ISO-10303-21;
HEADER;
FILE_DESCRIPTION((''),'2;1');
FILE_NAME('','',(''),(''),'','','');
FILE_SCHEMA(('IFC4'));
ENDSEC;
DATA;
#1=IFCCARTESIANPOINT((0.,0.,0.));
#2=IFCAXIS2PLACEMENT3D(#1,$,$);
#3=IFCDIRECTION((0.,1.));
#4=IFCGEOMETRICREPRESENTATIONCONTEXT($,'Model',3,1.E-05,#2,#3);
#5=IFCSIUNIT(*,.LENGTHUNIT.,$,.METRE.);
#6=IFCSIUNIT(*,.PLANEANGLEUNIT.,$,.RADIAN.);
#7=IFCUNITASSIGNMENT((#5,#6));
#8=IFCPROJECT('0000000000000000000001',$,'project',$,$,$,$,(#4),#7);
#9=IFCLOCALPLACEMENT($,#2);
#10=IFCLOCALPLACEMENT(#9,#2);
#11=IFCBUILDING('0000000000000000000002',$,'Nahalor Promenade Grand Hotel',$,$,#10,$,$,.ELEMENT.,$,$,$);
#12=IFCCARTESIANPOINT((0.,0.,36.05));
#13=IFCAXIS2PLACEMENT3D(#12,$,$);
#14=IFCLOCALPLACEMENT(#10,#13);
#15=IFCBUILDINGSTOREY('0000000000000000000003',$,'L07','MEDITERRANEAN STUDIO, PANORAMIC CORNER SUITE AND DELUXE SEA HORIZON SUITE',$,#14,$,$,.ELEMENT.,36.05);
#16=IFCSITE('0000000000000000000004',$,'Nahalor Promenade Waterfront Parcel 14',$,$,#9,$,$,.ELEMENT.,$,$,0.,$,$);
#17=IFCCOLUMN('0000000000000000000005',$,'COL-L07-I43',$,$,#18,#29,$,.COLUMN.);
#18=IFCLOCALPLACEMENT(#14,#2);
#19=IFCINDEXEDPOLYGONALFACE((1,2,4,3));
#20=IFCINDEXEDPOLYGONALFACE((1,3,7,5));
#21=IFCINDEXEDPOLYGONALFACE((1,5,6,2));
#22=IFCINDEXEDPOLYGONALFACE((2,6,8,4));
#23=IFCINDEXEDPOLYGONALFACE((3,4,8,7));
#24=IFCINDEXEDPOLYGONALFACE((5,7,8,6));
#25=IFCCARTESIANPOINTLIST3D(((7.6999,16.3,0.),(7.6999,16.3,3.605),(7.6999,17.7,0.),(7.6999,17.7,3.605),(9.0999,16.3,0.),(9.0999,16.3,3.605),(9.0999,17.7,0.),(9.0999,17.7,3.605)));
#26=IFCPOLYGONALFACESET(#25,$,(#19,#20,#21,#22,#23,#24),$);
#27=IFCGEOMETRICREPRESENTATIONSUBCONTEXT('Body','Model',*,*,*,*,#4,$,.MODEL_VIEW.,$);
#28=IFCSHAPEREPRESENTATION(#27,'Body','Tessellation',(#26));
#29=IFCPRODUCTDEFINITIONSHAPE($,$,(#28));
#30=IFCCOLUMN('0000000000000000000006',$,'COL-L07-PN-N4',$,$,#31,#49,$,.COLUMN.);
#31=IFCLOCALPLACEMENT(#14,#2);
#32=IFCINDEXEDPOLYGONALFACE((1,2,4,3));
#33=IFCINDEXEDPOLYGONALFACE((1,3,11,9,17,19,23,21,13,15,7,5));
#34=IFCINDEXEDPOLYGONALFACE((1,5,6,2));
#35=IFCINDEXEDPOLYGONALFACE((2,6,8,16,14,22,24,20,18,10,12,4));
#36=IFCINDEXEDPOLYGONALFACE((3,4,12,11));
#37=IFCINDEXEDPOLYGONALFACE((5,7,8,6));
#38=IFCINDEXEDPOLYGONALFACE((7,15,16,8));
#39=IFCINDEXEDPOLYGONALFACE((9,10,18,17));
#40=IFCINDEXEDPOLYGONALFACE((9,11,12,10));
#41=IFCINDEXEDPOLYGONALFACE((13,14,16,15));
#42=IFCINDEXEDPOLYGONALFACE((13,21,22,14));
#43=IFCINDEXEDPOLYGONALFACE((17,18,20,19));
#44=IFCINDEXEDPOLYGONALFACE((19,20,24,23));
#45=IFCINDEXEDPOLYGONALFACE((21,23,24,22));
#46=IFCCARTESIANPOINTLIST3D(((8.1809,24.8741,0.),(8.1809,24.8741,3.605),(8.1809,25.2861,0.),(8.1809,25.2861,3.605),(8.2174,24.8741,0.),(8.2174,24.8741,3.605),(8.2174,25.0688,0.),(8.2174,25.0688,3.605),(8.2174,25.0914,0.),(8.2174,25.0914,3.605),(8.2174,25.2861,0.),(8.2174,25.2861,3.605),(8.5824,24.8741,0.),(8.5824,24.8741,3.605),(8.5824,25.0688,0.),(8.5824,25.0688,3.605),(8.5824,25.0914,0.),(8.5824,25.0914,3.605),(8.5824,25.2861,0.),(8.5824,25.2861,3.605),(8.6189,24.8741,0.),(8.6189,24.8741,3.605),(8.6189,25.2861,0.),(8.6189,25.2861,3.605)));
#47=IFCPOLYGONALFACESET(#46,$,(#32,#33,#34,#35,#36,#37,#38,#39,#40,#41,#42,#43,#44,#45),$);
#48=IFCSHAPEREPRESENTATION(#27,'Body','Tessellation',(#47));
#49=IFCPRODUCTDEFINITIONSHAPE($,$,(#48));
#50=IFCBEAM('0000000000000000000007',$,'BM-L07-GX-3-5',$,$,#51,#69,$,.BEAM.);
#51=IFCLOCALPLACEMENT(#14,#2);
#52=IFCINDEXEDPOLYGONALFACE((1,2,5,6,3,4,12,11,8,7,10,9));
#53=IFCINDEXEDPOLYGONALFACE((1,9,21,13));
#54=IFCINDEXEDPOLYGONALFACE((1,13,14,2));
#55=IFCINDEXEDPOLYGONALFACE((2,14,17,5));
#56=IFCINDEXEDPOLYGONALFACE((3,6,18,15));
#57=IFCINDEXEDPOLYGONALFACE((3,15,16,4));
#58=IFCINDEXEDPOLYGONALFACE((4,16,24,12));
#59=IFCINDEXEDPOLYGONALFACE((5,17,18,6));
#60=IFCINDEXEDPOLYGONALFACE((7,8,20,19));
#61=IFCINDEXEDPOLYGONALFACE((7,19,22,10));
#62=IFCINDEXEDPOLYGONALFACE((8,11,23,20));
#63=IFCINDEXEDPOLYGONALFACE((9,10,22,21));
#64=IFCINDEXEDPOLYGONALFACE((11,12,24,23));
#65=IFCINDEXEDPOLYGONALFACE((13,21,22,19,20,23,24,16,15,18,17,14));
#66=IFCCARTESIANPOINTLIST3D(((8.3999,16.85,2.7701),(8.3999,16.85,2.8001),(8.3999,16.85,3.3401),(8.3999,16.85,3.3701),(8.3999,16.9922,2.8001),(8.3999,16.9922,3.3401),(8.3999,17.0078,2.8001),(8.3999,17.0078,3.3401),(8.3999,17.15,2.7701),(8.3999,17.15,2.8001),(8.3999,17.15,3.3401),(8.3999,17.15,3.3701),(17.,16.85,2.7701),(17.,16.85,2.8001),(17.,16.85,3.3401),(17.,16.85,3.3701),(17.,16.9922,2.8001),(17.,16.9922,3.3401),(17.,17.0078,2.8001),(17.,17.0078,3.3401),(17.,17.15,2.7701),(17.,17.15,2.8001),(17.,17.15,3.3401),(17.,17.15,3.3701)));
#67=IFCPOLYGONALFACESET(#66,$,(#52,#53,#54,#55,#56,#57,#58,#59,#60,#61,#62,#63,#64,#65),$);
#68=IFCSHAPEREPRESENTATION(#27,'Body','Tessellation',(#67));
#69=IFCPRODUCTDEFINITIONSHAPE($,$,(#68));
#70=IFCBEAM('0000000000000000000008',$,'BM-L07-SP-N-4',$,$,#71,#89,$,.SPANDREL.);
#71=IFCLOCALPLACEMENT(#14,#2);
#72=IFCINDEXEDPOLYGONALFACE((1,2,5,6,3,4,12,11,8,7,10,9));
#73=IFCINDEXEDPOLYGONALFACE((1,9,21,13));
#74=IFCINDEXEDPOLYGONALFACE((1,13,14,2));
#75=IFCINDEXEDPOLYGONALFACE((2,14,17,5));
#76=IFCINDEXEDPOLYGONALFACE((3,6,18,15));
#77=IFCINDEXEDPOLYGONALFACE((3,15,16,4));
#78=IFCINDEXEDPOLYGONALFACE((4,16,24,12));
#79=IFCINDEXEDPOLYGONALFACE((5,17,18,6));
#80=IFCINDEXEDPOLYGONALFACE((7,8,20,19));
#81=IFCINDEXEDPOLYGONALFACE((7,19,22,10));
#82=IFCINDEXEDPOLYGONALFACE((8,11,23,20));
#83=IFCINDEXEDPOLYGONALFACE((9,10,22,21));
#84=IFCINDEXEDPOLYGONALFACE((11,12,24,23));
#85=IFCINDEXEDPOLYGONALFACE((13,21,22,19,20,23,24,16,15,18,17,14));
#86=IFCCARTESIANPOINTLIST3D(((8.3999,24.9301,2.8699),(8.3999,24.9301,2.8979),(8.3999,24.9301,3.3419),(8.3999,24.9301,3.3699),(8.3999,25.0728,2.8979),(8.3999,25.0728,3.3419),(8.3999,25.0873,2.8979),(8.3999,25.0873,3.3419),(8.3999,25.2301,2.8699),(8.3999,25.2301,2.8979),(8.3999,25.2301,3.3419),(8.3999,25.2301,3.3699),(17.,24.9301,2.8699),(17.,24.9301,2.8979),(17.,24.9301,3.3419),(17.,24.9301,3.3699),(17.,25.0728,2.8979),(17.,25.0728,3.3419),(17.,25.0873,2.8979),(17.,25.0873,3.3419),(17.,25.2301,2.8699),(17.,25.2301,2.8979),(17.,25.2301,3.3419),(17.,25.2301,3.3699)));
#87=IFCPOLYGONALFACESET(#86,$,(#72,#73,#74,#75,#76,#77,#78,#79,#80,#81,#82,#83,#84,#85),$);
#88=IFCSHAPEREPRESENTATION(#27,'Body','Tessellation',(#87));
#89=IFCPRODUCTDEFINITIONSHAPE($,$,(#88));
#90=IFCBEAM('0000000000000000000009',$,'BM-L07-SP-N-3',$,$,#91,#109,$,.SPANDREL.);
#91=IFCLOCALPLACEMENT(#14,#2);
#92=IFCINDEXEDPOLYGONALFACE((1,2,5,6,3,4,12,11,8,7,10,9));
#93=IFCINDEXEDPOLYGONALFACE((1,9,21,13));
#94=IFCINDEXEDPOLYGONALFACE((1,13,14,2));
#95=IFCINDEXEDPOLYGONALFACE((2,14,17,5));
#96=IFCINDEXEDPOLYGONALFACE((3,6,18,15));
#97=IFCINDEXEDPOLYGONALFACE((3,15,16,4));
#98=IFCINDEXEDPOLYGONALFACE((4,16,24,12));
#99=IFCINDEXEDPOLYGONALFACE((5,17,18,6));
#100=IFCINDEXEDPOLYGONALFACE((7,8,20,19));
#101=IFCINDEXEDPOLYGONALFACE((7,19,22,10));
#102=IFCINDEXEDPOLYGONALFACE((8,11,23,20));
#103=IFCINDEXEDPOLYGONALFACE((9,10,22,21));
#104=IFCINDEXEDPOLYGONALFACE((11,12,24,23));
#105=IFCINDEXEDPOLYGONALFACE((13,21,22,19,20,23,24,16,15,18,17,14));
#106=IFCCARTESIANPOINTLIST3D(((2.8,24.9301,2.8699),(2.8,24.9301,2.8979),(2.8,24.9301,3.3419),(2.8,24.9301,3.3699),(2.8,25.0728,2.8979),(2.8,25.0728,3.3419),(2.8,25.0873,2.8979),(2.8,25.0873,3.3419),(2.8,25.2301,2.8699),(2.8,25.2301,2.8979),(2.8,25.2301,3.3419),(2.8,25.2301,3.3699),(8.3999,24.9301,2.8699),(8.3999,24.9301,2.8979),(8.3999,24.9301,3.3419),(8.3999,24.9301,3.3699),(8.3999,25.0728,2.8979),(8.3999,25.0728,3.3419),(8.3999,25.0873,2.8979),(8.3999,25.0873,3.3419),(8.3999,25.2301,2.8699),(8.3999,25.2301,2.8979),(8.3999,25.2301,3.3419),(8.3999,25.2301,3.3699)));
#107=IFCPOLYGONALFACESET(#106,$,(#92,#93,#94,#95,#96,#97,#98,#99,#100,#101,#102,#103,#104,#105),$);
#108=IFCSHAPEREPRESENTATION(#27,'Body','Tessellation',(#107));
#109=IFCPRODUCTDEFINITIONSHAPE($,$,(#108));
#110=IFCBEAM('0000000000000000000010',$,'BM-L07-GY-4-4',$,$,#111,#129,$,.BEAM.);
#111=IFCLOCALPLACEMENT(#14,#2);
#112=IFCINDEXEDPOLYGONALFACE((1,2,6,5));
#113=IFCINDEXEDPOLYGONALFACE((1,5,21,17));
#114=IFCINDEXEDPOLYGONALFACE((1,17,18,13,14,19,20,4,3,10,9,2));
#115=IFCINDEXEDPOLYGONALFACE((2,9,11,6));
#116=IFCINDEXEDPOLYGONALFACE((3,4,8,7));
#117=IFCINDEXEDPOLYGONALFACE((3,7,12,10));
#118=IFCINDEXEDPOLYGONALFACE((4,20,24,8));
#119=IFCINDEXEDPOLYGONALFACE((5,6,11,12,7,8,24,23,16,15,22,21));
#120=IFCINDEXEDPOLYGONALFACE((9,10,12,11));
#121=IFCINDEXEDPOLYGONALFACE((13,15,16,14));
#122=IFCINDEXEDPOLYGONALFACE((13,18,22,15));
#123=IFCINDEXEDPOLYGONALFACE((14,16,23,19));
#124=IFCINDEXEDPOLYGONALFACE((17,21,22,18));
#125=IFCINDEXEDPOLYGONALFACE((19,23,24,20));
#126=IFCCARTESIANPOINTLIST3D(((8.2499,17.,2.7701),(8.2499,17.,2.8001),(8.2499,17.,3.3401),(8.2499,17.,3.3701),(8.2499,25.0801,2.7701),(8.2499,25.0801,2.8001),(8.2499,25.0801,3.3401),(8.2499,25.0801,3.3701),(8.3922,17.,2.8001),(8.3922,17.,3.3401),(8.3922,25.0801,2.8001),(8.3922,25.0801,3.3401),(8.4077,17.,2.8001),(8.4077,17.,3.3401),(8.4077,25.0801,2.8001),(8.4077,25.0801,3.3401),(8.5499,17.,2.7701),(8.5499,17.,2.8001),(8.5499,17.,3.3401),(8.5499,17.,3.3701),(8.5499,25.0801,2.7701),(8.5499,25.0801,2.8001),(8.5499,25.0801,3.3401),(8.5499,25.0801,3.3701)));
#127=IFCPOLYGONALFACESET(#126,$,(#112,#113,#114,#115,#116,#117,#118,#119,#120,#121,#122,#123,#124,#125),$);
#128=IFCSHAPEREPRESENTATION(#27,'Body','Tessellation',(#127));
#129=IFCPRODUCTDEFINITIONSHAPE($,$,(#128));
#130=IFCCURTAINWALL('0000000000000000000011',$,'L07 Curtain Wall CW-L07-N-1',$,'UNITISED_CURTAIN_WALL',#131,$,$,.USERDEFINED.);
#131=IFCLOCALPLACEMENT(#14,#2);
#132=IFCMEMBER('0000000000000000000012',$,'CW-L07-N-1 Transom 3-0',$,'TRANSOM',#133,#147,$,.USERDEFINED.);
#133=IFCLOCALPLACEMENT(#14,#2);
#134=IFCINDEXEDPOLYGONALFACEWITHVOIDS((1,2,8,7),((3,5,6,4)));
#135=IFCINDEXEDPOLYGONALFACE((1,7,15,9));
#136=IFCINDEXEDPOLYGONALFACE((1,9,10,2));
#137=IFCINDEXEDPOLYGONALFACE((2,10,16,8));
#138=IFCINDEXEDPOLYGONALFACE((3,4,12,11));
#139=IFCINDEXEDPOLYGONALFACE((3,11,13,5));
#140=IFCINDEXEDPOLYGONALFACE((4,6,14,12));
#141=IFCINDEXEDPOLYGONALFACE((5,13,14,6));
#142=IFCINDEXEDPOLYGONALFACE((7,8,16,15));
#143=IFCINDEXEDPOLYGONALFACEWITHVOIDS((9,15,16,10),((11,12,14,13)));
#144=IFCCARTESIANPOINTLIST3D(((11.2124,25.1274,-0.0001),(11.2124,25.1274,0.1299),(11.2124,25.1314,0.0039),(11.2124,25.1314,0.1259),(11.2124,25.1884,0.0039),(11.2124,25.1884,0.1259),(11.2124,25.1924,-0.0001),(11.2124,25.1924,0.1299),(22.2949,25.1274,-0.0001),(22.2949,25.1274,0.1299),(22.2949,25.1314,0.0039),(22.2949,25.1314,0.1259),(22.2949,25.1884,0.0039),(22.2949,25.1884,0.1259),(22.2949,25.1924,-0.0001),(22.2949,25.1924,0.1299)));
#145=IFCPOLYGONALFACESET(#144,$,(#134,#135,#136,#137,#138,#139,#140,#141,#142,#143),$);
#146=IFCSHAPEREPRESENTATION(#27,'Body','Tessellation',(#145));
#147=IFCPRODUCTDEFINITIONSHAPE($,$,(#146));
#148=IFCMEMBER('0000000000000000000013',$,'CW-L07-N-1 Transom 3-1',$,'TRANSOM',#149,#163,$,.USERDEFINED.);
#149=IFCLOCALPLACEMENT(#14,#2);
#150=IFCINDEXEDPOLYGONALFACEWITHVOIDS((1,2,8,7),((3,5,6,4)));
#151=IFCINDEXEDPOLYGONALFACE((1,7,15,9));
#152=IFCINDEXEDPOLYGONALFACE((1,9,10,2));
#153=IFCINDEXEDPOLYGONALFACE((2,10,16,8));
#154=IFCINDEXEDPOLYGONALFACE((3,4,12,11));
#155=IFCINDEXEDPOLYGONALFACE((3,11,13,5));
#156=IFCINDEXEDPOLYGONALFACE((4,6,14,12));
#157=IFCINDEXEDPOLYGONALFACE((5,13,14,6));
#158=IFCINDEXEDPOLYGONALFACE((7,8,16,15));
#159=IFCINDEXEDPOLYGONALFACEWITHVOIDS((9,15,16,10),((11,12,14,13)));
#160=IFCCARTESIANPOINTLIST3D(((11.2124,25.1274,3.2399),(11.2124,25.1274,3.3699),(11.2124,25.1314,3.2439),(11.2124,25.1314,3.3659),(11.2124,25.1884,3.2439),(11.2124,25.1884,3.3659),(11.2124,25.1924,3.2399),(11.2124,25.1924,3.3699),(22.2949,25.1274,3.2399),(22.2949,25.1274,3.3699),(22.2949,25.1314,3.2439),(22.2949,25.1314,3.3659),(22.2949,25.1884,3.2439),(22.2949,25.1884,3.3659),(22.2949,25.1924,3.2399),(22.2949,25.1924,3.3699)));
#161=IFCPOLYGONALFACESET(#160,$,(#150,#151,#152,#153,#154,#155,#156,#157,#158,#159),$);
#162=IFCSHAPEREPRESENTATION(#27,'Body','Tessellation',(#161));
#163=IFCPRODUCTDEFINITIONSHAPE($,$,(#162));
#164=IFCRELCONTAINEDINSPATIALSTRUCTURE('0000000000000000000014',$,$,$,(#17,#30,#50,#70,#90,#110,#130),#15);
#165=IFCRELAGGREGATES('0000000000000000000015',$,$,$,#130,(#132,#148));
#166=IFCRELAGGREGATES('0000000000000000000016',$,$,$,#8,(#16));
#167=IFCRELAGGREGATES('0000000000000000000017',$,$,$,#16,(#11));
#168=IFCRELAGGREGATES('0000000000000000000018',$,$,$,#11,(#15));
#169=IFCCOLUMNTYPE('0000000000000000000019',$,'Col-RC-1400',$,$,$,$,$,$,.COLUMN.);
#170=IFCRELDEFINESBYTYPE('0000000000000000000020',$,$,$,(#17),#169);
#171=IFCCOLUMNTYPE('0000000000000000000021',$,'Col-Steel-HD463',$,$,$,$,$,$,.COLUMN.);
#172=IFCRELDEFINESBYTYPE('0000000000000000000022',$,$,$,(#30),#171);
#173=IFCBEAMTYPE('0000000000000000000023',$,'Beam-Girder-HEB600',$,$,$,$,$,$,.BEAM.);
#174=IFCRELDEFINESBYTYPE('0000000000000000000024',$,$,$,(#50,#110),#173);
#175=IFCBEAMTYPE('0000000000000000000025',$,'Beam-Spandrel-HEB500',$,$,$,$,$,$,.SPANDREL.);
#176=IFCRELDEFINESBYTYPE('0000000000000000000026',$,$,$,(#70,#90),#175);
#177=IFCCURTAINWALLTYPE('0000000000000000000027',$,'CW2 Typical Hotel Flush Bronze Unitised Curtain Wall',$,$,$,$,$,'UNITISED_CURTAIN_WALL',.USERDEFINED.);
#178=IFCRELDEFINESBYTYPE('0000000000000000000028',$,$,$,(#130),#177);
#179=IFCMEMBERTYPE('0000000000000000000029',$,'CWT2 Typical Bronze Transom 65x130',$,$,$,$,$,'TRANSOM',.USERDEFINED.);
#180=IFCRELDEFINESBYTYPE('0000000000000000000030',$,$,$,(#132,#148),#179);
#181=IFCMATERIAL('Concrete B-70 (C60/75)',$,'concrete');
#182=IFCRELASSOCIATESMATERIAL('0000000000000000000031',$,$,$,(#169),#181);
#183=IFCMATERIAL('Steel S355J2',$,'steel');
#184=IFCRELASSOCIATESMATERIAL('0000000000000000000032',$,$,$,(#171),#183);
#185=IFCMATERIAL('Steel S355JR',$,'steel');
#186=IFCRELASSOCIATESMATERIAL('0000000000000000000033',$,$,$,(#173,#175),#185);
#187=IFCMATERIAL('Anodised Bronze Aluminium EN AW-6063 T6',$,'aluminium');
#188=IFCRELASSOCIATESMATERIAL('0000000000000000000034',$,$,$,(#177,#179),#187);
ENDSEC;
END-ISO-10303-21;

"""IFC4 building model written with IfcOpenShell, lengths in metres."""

from ifc_helpers import new_model, si_unit, direction, frame, origin, origin_2d, place, context, subcontext, project, spatial, rectangle, hollow_rectangle, i_section, extrude, source, transform, mapped, material, material_profile, profile_set, type_object, element, aggregate, save


model = new_model("IFC4")

# Units and contexts
model_context = context("Model", 3, precision=1e-05, world=origin(), true_north=direction((0.0, 1.0)))
body_context = subcontext(model_context, "Body", "Model", "MODEL_VIEW")
ifc_project = project(units=[si_unit("LENGTHUNIT", "METRE"), si_unit("PLANEANGLEUNIT", "RADIAN")], contexts=[model_context])

# Site, building, storey
site_placement = place(None, origin())
site = spatial("IfcSite", under=ifc_project, at=site_placement, Name="Nahalor Promenade Waterfront Parcel 14", CompositionType="ELEMENT", RefElevation=0.0)
building_placement = place(site_placement, origin())
building = spatial("IfcBuilding", under=site, at=building_placement, Name="Nahalor Promenade Grand Hotel", CompositionType="ELEMENT")
storey_placement = place(building_placement, frame((0.0, 0.0, 36.05)))
storey = spatial("IfcBuildingStorey", under=building, at=storey_placement, Name="L07", Description="MEDITERRANEAN STUDIO, PANORAMIC CORNER SUITE AND DELUXE SEA HORIZON SUITE", CompositionType="ELEMENT", Elevation=36.05)

# Columns
ifc_material_1 = material(Name="Concrete B-70 (C60/75)", Category="concrete")
ifc_material_profile_1 = material_profile(ifc_material_1, rectangle(XDim=1.4, YDim=1.4, at=origin_2d()), Name="RC 1400x1400")
ifc_profile_set_1 = profile_set([ifc_material_profile_1], Name="Concrete B-70 (C60/75)")
column_type_1 = type_object("IfcColumnType", Name="Col-RC-1400", PredefinedType="COLUMN", material=ifc_profile_set_1)
shared_shape_1 = source(origin(), body_context, "Body", "SweptSolid", [
    extrude(rectangle(XDim=1.4, YDim=1.4, at=origin_2d()), origin(), (0.0, 0.0, 1.0), 3.605),
])
column_1_placement = place(storey_placement, frame((8.3999, 17.0, 0.0), z_axis=(0.0, 0.0, 1.0), x_axis=(1.0, 0.0, 0.0)))
element("IfcColumn", 1, at=column_1_placement, inside=storey, type_object=column_type_1, Name="COL-L07-I43", PredefinedType="COLUMN", context=body_context, shape_type="MappedRepresentation", body=[
    mapped(shared_shape_1, transform((0.0, 0.0, 0.0), scale=1.0)),
])
ifc_material_2 = material(Name="Steel S355J2", Category="steel")
ifc_material_profile_2 = material_profile(ifc_material_2, i_section(OverallWidth=0.412, OverallDepth=0.438, WebThickness=0.0226, FlangeThickness=0.0365, at=origin_2d()), Name="HD 400x463")
ifc_profile_set_2 = profile_set([ifc_material_profile_2], Name="Steel S355J2")
column_type_2 = type_object("IfcColumnType", Name="Col-Steel-HD463", PredefinedType="COLUMN", material=ifc_profile_set_2)
shared_shape_2 = source(origin(), body_context, "Body", "SweptSolid", [
    extrude(i_section(OverallWidth=0.412, OverallDepth=0.438, WebThickness=0.0226, FlangeThickness=0.0365, at=origin_2d()), origin(), (0.0, 0.0, 1.0), 3.605),
])
column_2_placement = place(storey_placement, frame((8.3999, 25.0801, 0.0), z_axis=(0.0, 0.0, 1.0), x_axis=(0.0, 1.0, 0.0)))
element("IfcColumn", 2, at=column_2_placement, inside=storey, type_object=column_type_2, Name="COL-L07-PN-N4", PredefinedType="COLUMN", context=body_context, shape_type="MappedRepresentation", body=[
    mapped(shared_shape_2, transform((0.0, 0.0, 0.0), scale=1.0)),
])

# Beams
ifc_material_3 = material(Name="Steel S355JR", Category="steel")
ifc_material_profile_3 = material_profile(ifc_material_3, i_section(OverallWidth=0.3, OverallDepth=0.6, WebThickness=0.0155, FlangeThickness=0.03, at=origin_2d()), Name="HEB 600")
ifc_profile_set_3 = profile_set([ifc_material_profile_3], Name="Steel S355JR")
beam_type_1 = type_object("IfcBeamType", Name="Beam-Girder-HEB600", PredefinedType="BEAM", material=ifc_profile_set_3)
shared_shape_3 = source(origin(), body_context, "Body", "SweptSolid", [
    extrude(i_section(OverallWidth=0.3, OverallDepth=0.6, WebThickness=0.0155, FlangeThickness=0.03, at=origin_2d()), origin(), (0.0, 0.0, 1.0), 8.6001),
])
beam_1_placement = place(storey_placement, frame((8.3999, 17.0, 3.0701), z_axis=(1.0, 0.0, 0.0), x_axis=(0.0, 1.0, 0.0)))
element("IfcBeam", 3, at=beam_1_placement, inside=storey, type_object=beam_type_1, Name="BM-L07-GX-3-5", PredefinedType="BEAM", context=body_context, shape_type="MappedRepresentation", body=[
    mapped(shared_shape_3, transform((0.0, 0.0, 0.0), scale=1.0)),
])
ifc_material_profile_4 = material_profile(ifc_material_3, i_section(OverallWidth=0.3, OverallDepth=0.5, WebThickness=0.0145, FlangeThickness=0.028, at=origin_2d()), Name="HEB 500")
ifc_profile_set_4 = profile_set([ifc_material_profile_4], Name="Steel S355JR")
beam_type_2 = type_object("IfcBeamType", Name="Beam-Spandrel-HEB500", PredefinedType="SPANDREL", material=ifc_profile_set_4)
shared_shape_4 = source(origin(), body_context, "Body", "SweptSolid", [
    extrude(i_section(OverallWidth=0.3, OverallDepth=0.5, WebThickness=0.0145, FlangeThickness=0.028, at=origin_2d()), origin(), (0.0, 0.0, 1.0), 8.6001),
])
beam_2_placement = place(storey_placement, frame((8.3999, 25.0801, 3.1199), z_axis=(1.0, 0.0, 0.0), x_axis=(0.0, 1.0, 0.0)))
element("IfcBeam", 4, at=beam_2_placement, inside=storey, type_object=beam_type_2, Name="BM-L07-SP-N-4", PredefinedType="SPANDREL", context=body_context, shape_type="MappedRepresentation", body=[
    mapped(shared_shape_4, transform((0.0, 0.0, 0.0), scale=1.0)),
])
shared_shape_5 = source(origin(), body_context, "Body", "SweptSolid", [
    extrude(i_section(OverallWidth=0.3, OverallDepth=0.5, WebThickness=0.0145, FlangeThickness=0.028, at=origin_2d()), origin(), (0.0, 0.0, 1.0), 5.5999),
])
beam_3_placement = place(storey_placement, frame((2.8, 25.0801, 3.1199), z_axis=(1.0, 0.0, 0.0), x_axis=(0.0, 1.0, 0.0)))
element("IfcBeam", 5, at=beam_3_placement, inside=storey, type_object=beam_type_2, Name="BM-L07-SP-N-3", PredefinedType="SPANDREL", context=body_context, shape_type="MappedRepresentation", body=[
    mapped(shared_shape_5, transform((0.0, 0.0, 0.0), scale=1.0)),
])
shared_shape_6 = source(origin(), body_context, "Body", "SweptSolid", [
    extrude(i_section(OverallWidth=0.3, OverallDepth=0.6, WebThickness=0.0155, FlangeThickness=0.03, at=origin_2d()), origin(), (0.0, 0.0, 1.0), 8.0801),
])
beam_4_placement = place(storey_placement, frame((8.3999, 17.0, 3.0701), z_axis=(0.0, 1.0, 0.0), x_axis=(-1.0, 0.0, 0.0)))
element("IfcBeam", 6, at=beam_4_placement, inside=storey, type_object=beam_type_1, Name="BM-L07-GY-4-4", PredefinedType="BEAM", context=body_context, shape_type="MappedRepresentation", body=[
    mapped(shared_shape_6, transform((0.0, 0.0, 0.0), scale=1.0)),
])

# Curtain wall, members
ifc_material_4 = material(Name="Anodised Bronze Aluminium EN AW-6063 T6", Category="aluminium")
curtain_wall_type = type_object("IfcCurtainWallType", Name="CW2 Typical Hotel Flush Bronze Unitised Curtain Wall", ElementType="UNITISED_CURTAIN_WALL", PredefinedType="USERDEFINED", material=ifc_material_4)
curtain_wall_placement = place(storey_placement, origin())
curtain_wall = element("IfcCurtainWall", 7, at=curtain_wall_placement, inside=storey, type_object=curtain_wall_type, Name="L07 Curtain Wall CW-L07-N-1", ObjectType="UNITISED_CURTAIN_WALL", PredefinedType="USERDEFINED")
ifc_material_profile_5 = material_profile(ifc_material_4, hollow_rectangle(XDim=0.065, YDim=0.13, WallThickness=0.004, at=origin_2d()), Name="CWT 65x130x4")
ifc_profile_set_5 = profile_set([ifc_material_profile_5], Name="Anodised Bronze Aluminium EN AW-6063 T6")
member_type_1 = type_object("IfcMemberType", Name="CWT2 Typical Bronze Transom 65x130", ElementType="TRANSOM", PredefinedType="USERDEFINED", material=ifc_profile_set_5)
shared_shape_7 = source(origin(), body_context, "Body", "SweptSolid", [
    extrude(hollow_rectangle(XDim=0.065, YDim=0.13, WallThickness=0.004, at=origin_2d()), origin(), (0.0, 0.0, 1.0), 11.0825),
])
member_1_placement = place(storey_placement, frame((11.2124, 25.1599, 0.0649), z_axis=(1.0, 0.0, 0.0), x_axis=(0.0, 1.0, 0.0)))
member_1 = element("IfcMember", 8, at=member_1_placement, type_object=member_type_1, Name="CW-L07-N-1 Transom 3-0", ObjectType="TRANSOM", PredefinedType="USERDEFINED", context=body_context, shape_type="MappedRepresentation", body=[
    mapped(shared_shape_7, transform((0.0, 0.0, 0.0), scale=1.0)),
])
member_2_placement = place(storey_placement, frame((11.2124, 25.1599, 3.3049), z_axis=(1.0, 0.0, 0.0), x_axis=(0.0, 1.0, 0.0)))
member_2 = element("IfcMember", 9, at=member_2_placement, type_object=member_type_1, Name="CW-L07-N-1 Transom 3-1", ObjectType="TRANSOM", PredefinedType="USERDEFINED", context=body_context, shape_type="MappedRepresentation", body=[
    mapped(shared_shape_7, transform((0.0, 0.0, 0.0), scale=1.0)),
])
aggregate(curtain_wall, [member_1, member_2])

save(model, "model.ifc")
